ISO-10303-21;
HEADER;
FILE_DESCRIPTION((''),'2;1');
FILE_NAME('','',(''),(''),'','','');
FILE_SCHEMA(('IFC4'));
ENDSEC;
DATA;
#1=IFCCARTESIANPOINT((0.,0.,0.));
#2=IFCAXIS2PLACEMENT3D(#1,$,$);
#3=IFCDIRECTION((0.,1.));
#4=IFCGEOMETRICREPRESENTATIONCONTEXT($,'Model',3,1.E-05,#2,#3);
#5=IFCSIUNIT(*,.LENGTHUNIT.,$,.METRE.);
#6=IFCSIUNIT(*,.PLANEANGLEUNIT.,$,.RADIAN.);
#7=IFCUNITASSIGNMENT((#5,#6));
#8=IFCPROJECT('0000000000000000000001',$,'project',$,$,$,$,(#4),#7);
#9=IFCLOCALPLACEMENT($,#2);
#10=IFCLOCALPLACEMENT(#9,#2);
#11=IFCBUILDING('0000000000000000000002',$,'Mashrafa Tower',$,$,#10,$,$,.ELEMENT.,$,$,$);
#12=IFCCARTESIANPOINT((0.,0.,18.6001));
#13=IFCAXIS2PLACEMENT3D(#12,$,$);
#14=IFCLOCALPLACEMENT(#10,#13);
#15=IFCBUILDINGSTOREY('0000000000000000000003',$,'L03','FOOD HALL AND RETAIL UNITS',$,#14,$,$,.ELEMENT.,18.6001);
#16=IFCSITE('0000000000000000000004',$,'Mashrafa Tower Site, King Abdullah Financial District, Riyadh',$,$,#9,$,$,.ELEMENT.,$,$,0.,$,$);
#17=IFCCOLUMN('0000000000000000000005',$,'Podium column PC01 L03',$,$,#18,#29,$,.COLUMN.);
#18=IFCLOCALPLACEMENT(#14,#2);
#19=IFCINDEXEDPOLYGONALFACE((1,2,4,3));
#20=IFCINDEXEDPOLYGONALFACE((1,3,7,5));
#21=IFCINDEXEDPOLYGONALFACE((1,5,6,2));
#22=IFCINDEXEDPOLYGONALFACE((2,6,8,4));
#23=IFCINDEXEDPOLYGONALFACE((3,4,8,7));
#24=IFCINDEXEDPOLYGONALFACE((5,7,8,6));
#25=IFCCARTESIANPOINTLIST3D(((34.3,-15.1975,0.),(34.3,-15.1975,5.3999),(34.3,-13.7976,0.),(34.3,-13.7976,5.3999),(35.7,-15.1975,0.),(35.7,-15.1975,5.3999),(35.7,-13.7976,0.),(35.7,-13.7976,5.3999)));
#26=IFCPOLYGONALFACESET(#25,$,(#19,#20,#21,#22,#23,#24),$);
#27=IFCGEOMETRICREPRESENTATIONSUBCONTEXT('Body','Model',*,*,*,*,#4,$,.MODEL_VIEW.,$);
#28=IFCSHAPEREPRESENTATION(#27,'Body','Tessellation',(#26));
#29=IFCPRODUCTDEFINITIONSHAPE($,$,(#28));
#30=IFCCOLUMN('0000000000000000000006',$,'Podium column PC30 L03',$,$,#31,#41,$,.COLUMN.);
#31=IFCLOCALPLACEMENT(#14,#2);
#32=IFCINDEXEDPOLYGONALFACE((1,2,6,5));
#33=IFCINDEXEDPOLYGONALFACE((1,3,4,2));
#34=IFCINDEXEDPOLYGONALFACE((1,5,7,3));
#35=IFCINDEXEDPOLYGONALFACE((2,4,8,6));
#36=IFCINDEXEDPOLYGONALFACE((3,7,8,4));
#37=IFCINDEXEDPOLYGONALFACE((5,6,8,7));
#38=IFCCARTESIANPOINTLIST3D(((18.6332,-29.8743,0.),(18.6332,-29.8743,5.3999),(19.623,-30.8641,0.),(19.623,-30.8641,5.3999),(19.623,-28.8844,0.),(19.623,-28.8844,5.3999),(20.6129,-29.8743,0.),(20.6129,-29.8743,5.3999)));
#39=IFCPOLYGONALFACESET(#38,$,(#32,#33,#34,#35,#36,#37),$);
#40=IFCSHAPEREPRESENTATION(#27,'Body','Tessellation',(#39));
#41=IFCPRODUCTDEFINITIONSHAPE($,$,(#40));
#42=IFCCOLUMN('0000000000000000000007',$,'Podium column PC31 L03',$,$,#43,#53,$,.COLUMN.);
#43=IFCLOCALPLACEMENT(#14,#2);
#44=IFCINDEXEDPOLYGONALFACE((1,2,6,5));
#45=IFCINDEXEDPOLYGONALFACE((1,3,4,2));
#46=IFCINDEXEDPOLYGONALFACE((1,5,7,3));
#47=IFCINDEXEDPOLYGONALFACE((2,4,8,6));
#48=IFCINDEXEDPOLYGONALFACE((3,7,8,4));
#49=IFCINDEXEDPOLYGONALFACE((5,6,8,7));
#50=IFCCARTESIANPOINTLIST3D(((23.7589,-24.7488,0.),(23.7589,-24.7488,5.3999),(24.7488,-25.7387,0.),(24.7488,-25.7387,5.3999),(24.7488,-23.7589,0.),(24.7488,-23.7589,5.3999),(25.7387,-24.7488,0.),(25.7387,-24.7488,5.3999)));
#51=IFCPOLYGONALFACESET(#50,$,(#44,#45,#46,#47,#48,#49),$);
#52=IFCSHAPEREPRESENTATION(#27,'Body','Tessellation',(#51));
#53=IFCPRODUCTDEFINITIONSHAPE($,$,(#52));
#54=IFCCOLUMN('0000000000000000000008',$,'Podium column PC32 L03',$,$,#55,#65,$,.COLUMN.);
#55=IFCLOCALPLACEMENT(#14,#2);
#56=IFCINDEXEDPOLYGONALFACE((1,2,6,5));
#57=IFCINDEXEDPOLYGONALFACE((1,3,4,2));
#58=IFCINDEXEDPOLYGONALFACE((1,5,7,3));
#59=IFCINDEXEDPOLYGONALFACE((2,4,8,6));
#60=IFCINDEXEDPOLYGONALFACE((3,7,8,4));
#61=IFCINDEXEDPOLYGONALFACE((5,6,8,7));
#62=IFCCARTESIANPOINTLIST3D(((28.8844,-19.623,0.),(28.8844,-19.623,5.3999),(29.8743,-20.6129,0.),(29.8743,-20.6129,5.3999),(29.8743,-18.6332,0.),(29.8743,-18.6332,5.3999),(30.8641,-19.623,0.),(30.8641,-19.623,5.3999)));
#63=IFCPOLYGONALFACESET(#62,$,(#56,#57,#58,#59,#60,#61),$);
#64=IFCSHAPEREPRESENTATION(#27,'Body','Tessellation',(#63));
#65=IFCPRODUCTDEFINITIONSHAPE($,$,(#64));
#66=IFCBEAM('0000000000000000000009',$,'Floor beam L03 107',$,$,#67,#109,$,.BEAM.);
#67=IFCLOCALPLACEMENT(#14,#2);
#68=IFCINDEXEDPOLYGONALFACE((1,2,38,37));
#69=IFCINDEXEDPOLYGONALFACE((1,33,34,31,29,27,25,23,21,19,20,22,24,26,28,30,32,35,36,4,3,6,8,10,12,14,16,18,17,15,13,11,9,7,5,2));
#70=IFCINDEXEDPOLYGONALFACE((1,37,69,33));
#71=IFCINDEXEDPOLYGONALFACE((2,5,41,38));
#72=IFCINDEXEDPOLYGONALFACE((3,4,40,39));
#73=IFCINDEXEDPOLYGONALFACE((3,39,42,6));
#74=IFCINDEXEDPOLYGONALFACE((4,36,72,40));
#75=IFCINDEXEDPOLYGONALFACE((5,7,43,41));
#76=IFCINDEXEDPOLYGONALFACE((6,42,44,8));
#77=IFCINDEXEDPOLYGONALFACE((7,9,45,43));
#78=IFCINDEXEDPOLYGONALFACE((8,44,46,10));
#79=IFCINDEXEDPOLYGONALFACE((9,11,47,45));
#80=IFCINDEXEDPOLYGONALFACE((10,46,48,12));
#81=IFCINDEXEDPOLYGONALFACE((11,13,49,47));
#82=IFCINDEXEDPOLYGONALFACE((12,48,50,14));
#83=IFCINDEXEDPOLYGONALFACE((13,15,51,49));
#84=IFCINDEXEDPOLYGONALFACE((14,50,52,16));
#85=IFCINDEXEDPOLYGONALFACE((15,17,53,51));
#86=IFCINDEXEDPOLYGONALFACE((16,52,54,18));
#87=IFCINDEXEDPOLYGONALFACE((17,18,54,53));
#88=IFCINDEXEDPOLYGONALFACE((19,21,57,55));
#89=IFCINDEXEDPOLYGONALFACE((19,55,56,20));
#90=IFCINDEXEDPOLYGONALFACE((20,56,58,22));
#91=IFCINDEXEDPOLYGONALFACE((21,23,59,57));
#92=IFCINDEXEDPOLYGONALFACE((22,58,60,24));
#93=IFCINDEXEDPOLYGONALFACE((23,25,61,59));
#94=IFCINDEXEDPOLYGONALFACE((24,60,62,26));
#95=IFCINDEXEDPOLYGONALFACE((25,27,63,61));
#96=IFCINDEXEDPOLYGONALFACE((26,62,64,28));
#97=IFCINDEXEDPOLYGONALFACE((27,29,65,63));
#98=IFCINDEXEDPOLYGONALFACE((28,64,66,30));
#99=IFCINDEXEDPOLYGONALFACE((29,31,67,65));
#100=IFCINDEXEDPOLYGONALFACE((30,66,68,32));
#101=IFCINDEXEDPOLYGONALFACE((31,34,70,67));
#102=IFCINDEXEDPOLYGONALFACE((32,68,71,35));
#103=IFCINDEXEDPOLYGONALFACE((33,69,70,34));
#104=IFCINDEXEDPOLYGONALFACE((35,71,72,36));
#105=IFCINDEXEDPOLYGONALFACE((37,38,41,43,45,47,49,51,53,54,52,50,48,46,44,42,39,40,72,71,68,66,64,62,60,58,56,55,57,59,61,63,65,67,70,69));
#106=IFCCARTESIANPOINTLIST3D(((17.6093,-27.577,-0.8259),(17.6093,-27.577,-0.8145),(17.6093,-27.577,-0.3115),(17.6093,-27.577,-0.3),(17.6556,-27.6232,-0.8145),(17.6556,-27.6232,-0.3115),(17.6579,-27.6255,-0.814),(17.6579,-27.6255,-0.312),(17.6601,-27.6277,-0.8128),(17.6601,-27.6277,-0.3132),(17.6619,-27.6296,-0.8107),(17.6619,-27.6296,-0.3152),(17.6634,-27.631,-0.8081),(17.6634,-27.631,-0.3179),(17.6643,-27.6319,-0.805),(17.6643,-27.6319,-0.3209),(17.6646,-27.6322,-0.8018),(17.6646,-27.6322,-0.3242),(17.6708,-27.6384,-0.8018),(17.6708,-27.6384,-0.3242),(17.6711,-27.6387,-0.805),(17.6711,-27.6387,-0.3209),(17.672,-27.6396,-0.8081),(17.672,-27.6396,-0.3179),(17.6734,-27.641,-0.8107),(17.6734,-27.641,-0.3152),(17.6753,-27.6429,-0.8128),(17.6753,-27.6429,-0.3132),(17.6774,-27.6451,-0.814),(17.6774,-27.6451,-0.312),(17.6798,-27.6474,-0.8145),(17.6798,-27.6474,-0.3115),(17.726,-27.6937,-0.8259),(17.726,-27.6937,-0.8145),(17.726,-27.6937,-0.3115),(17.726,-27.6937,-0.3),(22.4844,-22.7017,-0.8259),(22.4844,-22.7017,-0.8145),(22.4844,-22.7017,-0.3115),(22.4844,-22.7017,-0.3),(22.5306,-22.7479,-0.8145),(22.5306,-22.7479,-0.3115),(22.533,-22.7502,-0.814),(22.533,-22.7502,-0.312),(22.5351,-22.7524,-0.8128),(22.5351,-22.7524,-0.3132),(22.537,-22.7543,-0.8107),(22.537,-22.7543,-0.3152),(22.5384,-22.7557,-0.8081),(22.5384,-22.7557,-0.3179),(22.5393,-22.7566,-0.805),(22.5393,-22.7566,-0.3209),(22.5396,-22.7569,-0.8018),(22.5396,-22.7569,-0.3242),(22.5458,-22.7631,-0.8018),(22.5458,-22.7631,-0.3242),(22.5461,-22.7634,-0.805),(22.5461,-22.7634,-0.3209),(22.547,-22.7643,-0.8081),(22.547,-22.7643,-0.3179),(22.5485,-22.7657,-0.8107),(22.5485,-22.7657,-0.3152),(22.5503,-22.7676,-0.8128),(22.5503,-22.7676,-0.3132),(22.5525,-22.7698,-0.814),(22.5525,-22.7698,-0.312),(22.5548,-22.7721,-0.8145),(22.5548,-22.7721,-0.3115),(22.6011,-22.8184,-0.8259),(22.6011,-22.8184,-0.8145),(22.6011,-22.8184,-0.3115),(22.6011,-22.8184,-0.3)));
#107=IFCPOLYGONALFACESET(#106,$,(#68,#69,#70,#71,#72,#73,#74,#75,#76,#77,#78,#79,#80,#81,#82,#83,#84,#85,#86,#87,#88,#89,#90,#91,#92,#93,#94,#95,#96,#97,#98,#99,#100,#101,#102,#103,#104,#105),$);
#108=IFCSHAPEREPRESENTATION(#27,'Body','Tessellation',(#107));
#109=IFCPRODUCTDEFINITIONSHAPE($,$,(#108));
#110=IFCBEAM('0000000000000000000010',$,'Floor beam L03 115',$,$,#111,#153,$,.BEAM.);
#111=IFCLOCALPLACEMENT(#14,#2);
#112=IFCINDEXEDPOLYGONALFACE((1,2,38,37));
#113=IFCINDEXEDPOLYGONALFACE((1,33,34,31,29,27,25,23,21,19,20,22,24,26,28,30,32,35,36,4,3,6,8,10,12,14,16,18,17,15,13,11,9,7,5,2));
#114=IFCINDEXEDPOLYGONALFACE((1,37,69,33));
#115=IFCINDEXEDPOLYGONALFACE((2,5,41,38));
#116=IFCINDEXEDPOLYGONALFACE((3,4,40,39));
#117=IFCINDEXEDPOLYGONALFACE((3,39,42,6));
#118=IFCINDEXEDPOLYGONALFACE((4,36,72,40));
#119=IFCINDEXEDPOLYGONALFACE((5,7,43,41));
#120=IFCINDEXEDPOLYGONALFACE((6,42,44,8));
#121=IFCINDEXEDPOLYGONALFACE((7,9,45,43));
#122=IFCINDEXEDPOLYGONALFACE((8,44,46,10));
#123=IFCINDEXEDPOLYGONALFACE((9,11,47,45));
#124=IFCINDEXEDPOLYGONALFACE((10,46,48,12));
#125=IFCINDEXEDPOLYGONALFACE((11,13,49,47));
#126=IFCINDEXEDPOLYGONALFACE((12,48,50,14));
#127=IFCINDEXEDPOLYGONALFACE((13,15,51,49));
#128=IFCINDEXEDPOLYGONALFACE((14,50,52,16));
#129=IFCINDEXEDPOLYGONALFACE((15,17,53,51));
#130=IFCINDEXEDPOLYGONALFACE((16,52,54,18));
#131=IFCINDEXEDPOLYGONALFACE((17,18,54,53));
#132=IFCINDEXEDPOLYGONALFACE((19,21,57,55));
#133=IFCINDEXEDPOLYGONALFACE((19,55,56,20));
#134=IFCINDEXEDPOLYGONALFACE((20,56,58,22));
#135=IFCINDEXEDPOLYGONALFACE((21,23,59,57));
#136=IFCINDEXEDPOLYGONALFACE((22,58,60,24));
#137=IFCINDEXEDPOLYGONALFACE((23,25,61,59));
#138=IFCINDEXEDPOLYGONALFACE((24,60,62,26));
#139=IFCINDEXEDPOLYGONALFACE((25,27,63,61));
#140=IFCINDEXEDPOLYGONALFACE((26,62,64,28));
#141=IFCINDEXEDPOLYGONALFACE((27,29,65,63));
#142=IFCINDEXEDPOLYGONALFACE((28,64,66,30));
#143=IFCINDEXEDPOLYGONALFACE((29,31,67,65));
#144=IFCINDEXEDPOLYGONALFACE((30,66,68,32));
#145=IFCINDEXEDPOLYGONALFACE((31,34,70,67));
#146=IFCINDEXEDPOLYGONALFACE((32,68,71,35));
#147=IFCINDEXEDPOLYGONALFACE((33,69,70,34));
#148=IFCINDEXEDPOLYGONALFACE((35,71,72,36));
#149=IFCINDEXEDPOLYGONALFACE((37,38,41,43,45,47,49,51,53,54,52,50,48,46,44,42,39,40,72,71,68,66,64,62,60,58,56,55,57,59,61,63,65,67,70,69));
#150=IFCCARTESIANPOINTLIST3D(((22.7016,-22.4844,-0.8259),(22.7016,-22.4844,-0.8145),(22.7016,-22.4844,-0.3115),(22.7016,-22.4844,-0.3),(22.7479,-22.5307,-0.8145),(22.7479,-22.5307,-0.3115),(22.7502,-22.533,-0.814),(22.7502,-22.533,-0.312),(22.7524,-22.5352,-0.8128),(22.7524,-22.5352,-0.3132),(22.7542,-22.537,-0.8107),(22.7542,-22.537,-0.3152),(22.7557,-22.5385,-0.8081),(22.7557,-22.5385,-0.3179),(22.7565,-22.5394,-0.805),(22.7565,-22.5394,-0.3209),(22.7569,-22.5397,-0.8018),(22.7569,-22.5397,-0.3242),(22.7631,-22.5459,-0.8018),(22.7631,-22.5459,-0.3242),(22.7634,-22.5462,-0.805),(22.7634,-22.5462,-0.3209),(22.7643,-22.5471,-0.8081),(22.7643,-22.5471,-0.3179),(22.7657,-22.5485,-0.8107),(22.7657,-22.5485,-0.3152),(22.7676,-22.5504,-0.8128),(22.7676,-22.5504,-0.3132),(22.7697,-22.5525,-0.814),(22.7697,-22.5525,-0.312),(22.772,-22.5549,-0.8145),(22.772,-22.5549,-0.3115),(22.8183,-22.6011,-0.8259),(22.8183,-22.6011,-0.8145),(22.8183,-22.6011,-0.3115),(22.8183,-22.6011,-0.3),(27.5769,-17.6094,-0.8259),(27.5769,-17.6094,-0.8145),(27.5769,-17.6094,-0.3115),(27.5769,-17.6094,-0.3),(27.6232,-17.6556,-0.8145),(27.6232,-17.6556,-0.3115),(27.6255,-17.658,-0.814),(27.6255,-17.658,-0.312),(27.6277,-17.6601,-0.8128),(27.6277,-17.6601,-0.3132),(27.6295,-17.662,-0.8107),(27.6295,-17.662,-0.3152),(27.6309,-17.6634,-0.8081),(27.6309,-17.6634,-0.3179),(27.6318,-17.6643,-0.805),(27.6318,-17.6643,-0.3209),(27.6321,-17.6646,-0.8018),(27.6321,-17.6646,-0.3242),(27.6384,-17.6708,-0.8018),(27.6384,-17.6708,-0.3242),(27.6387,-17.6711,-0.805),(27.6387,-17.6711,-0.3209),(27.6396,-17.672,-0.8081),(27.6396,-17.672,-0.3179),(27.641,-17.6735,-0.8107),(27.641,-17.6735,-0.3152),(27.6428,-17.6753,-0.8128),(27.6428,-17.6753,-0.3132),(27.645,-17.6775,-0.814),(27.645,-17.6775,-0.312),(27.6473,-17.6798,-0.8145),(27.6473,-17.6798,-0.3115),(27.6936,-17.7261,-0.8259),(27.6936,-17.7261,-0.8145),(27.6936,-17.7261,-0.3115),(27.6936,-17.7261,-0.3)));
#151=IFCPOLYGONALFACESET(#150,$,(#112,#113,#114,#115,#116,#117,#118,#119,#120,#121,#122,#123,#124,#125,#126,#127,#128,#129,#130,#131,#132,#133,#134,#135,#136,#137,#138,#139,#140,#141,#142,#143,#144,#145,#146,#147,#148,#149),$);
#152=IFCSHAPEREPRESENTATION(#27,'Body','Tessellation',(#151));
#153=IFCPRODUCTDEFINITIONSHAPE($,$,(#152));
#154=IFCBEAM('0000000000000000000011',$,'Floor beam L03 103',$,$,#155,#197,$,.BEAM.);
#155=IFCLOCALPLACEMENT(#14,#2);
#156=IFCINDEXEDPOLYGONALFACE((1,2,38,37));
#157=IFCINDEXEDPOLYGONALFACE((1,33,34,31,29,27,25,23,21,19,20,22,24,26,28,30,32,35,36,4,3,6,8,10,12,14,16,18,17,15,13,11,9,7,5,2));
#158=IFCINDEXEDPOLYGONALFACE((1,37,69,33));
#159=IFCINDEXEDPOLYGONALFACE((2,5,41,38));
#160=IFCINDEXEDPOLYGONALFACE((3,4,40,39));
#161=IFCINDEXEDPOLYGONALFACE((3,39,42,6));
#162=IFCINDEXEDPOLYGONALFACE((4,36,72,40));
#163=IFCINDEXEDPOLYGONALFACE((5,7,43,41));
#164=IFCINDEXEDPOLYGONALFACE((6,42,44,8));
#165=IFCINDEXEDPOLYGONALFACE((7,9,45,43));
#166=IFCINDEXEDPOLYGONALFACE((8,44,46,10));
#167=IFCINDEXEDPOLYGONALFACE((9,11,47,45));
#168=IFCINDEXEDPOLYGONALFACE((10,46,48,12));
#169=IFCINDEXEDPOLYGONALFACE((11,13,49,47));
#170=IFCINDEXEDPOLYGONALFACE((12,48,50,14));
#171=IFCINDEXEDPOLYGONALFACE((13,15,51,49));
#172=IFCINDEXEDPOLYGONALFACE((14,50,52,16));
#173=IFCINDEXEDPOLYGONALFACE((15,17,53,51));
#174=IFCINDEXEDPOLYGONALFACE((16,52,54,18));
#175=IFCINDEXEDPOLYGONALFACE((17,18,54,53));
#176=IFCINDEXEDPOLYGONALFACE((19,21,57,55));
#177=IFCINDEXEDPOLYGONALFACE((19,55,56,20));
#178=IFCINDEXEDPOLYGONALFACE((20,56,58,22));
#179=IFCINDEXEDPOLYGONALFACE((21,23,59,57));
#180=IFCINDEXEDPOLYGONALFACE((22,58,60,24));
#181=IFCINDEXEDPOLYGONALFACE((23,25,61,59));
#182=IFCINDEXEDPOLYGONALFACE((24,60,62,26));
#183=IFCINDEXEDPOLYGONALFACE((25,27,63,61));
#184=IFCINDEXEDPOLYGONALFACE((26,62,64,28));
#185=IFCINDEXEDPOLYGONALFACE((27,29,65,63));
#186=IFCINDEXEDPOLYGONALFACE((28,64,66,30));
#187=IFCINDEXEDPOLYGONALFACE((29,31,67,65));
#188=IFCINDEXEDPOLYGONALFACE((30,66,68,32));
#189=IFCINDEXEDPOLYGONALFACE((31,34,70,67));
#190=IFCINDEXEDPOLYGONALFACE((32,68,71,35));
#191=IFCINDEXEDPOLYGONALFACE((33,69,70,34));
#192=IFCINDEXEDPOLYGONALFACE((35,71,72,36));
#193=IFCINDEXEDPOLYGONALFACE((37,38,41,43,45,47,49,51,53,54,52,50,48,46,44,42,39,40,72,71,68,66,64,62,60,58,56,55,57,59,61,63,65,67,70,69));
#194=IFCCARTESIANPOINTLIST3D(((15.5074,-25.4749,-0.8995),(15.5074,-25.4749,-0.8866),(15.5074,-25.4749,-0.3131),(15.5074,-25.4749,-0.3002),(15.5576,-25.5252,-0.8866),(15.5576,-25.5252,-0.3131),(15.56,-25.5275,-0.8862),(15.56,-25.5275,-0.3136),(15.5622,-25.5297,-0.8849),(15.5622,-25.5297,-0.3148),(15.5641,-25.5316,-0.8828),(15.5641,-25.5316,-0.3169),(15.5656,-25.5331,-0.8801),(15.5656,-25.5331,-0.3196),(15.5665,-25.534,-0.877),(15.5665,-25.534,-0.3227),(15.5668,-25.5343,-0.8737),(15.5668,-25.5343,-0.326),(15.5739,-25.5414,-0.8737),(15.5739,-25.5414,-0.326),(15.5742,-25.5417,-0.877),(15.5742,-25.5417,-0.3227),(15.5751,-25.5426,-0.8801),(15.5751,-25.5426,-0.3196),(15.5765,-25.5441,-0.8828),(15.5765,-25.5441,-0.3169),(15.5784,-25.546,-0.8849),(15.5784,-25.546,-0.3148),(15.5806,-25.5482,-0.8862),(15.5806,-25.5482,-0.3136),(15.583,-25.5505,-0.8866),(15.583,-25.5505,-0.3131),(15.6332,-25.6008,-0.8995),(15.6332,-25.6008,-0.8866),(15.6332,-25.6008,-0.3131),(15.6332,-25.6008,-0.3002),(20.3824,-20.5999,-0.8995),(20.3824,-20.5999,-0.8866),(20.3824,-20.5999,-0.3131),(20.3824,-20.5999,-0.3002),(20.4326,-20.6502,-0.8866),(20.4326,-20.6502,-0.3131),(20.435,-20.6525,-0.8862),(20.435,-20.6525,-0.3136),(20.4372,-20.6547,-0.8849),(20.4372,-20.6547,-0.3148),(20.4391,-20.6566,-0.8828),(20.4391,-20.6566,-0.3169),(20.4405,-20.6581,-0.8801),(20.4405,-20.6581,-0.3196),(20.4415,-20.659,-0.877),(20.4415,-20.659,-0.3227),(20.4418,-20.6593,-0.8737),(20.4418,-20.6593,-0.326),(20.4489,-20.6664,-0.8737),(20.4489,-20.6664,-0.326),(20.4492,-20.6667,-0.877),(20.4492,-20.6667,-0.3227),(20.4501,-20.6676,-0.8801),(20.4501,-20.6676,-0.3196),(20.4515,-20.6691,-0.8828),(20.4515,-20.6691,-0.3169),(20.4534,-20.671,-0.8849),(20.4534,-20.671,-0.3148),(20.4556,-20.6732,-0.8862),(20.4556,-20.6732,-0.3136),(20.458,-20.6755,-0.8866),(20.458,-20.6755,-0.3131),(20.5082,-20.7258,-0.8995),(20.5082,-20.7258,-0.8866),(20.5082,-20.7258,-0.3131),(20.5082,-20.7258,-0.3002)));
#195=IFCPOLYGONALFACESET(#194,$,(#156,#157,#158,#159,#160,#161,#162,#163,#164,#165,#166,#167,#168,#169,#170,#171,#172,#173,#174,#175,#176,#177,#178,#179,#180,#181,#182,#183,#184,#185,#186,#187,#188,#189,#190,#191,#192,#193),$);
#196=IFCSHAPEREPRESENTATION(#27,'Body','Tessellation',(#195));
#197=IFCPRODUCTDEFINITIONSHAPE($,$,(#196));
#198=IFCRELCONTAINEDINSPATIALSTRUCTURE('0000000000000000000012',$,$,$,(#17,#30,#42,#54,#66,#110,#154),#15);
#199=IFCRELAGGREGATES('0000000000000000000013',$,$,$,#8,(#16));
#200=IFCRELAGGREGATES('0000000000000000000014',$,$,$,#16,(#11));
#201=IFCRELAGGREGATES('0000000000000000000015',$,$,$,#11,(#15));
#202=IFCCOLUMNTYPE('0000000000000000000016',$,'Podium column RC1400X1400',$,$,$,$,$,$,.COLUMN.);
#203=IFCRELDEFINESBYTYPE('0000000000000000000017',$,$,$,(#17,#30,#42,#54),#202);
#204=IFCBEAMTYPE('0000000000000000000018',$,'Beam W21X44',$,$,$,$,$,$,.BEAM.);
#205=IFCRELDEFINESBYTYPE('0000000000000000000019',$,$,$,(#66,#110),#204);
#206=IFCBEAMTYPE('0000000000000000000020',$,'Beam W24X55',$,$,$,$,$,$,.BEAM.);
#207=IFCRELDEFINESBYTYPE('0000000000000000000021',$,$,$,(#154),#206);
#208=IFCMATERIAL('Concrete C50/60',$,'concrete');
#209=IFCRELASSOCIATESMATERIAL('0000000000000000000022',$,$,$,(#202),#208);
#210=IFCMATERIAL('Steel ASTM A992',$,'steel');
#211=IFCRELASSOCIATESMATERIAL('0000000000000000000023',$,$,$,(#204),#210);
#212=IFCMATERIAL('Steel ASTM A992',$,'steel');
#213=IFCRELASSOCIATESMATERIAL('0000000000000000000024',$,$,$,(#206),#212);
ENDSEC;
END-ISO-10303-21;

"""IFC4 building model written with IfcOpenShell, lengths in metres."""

from ifc_helpers import new_model, si_unit, direction, frame, origin, origin_2d, place, context, subcontext, project, spatial, rectangle, i_section, extrude, material, material_profile, profile_set, type_object, element, save


model = new_model("IFC4")

# Units and contexts
model_context = context("Model", 3, precision=1e-05, world=origin(), true_north=direction((0.0, 1.0)))
body_context = subcontext(model_context, "Body", "Model", "MODEL_VIEW")
ifc_project = project(units=[si_unit("LENGTHUNIT", "METRE"), si_unit("PLANEANGLEUNIT", "RADIAN")], contexts=[model_context])

# Site, building, storey
site_placement = place(None, origin())
site = spatial("IfcSite", under=ifc_project, at=site_placement, Name="Mashrafa Tower Site, King Abdullah Financial District, Riyadh", CompositionType="ELEMENT", RefElevation=0.0)
building_placement = place(site_placement, origin())
building = spatial("IfcBuilding", under=site, at=building_placement, Name="Mashrafa Tower", CompositionType="ELEMENT")
storey_placement = place(building_placement, frame((0.0, 0.0, 18.6001)))
storey = spatial("IfcBuildingStorey", under=building, at=storey_placement, Name="L03", Description="FOOD HALL AND RETAIL UNITS", CompositionType="ELEMENT", Elevation=18.6001)

# Columns
ifc_material_1 = material(Name="Concrete C50/60", Category="concrete")
ifc_material_profile_1 = material_profile(ifc_material_1, rectangle(XDim=1.3999, YDim=1.3999, at=origin_2d()), Name="RC1400X1400")
ifc_profile_set_1 = profile_set([ifc_material_profile_1], Name="Concrete C50/60")
column_type = type_object("IfcColumnType", Name="Podium column RC1400X1400", PredefinedType="COLUMN", material=ifc_profile_set_1)
for number, where, z_axis, x_axis, name in (
    (1, (35.0, -14.4976, 0.0), (0.0, 0.0, 1.0), (1.0, 0.0, 0.0), "Podium column PC01 L03"),
    (2, (19.623, -29.8743, 0.0), (0.0, 0.0, 1.0), (0.707107, 0.707107, 0.0), "Podium column PC30 L03"),
    (3, (24.7488, -24.7488, 0.0), (0.0, 0.0, 1.0), (0.707107, 0.707107, 0.0), "Podium column PC31 L03"),
    (4, (29.8743, -19.623, 0.0), (0.0, 0.0, 1.0), (0.707107, 0.707107, 0.0), "Podium column PC32 L03"),
):
    element("IfcColumn", number, at=place(storey_placement, frame(where, z_axis=z_axis, x_axis=x_axis)), inside=storey, type_object=column_type, Name=name, PredefinedType="COLUMN", context=body_context, shape_type="SweptSolid", body=[
        extrude(rectangle(XDim=1.3999, YDim=1.3999, at=origin_2d()), origin(), (0.0, 0.0, 1.0), 5.3999),
    ])

# Beams
ifc_material_2 = material(Name="Steel ASTM A992", Category="steel")
ifc_material_profile_2 = material_profile(ifc_material_2, i_section(OverallWidth=0.165, OverallDepth=0.5259, WebThickness=0.0088, FlangeThickness=0.0115, FilletRadius=0.0127, at=origin_2d()), Name="W21X44")
ifc_profile_set_2 = profile_set([ifc_material_profile_2], Name="Steel ASTM A992")
beam_type_1 = type_object("IfcBeamType", Name="Beam W21X44", PredefinedType="BEAM", material=ifc_profile_set_2)
for number, where, z_axis, x_axis, name in (
    (5, (22.5427, -22.76, -0.563), (-0.707089, -0.707124, 0.0), (0.707124, -0.707089, 0.0), "Floor beam L03 107"),
    (6, (27.6353, -17.6677, -0.563), (-0.707124, -0.707089, 0.0), (0.707089, -0.707124, 0.0), "Floor beam L03 115"),
):
    element("IfcBeam", number, at=place(storey_placement, frame(where, z_axis=z_axis, x_axis=x_axis)), inside=storey, type_object=beam_type_1, Name=name, PredefinedType="BEAM", context=body_context, shape_type="SweptSolid", body=[
        extrude(i_section(OverallWidth=0.165, OverallDepth=0.5259, WebThickness=0.0088, FlangeThickness=0.0115, FilletRadius=0.0127, at=origin_2d()), origin(), (0.0, 0.0, 1.0), 6.8945),
    ])
ifc_material_3 = material(Name="Steel ASTM A992", Category="steel")
ifc_material_profile_3 = material_profile(ifc_material_3, i_section(OverallWidth=0.178, OverallDepth=0.5994, WebThickness=0.01, FlangeThickness=0.0129, FilletRadius=0.0129, at=origin_2d()), Name="W24X55")
ifc_profile_set_3 = profile_set([ifc_material_profile_3], Name="Steel ASTM A992")
beam_type_2 = type_object("IfcBeamType", Name="Beam W24X55", PredefinedType="BEAM", material=ifc_profile_set_3)
for number, where, z_axis, x_axis, name in (
    (7, (20.4453, -20.6628, -0.5999), (-0.707107, -0.707107, 0.0), (0.707107, -0.707107, 0.0), "Floor beam L03 103"),
):
    element("IfcBeam", number, at=place(storey_placement, frame(where, z_axis=z_axis, x_axis=x_axis)), inside=storey, type_object=beam_type_2, Name=name, PredefinedType="BEAM", context=body_context, shape_type="SweptSolid", body=[
        extrude(i_section(OverallWidth=0.178, OverallDepth=0.5994, WebThickness=0.01, FlangeThickness=0.0129, FilletRadius=0.0129, at=origin_2d()), origin(), (0.0, 0.0, 1.0), 6.8943),
    ])

save(model, "model.ifc")
